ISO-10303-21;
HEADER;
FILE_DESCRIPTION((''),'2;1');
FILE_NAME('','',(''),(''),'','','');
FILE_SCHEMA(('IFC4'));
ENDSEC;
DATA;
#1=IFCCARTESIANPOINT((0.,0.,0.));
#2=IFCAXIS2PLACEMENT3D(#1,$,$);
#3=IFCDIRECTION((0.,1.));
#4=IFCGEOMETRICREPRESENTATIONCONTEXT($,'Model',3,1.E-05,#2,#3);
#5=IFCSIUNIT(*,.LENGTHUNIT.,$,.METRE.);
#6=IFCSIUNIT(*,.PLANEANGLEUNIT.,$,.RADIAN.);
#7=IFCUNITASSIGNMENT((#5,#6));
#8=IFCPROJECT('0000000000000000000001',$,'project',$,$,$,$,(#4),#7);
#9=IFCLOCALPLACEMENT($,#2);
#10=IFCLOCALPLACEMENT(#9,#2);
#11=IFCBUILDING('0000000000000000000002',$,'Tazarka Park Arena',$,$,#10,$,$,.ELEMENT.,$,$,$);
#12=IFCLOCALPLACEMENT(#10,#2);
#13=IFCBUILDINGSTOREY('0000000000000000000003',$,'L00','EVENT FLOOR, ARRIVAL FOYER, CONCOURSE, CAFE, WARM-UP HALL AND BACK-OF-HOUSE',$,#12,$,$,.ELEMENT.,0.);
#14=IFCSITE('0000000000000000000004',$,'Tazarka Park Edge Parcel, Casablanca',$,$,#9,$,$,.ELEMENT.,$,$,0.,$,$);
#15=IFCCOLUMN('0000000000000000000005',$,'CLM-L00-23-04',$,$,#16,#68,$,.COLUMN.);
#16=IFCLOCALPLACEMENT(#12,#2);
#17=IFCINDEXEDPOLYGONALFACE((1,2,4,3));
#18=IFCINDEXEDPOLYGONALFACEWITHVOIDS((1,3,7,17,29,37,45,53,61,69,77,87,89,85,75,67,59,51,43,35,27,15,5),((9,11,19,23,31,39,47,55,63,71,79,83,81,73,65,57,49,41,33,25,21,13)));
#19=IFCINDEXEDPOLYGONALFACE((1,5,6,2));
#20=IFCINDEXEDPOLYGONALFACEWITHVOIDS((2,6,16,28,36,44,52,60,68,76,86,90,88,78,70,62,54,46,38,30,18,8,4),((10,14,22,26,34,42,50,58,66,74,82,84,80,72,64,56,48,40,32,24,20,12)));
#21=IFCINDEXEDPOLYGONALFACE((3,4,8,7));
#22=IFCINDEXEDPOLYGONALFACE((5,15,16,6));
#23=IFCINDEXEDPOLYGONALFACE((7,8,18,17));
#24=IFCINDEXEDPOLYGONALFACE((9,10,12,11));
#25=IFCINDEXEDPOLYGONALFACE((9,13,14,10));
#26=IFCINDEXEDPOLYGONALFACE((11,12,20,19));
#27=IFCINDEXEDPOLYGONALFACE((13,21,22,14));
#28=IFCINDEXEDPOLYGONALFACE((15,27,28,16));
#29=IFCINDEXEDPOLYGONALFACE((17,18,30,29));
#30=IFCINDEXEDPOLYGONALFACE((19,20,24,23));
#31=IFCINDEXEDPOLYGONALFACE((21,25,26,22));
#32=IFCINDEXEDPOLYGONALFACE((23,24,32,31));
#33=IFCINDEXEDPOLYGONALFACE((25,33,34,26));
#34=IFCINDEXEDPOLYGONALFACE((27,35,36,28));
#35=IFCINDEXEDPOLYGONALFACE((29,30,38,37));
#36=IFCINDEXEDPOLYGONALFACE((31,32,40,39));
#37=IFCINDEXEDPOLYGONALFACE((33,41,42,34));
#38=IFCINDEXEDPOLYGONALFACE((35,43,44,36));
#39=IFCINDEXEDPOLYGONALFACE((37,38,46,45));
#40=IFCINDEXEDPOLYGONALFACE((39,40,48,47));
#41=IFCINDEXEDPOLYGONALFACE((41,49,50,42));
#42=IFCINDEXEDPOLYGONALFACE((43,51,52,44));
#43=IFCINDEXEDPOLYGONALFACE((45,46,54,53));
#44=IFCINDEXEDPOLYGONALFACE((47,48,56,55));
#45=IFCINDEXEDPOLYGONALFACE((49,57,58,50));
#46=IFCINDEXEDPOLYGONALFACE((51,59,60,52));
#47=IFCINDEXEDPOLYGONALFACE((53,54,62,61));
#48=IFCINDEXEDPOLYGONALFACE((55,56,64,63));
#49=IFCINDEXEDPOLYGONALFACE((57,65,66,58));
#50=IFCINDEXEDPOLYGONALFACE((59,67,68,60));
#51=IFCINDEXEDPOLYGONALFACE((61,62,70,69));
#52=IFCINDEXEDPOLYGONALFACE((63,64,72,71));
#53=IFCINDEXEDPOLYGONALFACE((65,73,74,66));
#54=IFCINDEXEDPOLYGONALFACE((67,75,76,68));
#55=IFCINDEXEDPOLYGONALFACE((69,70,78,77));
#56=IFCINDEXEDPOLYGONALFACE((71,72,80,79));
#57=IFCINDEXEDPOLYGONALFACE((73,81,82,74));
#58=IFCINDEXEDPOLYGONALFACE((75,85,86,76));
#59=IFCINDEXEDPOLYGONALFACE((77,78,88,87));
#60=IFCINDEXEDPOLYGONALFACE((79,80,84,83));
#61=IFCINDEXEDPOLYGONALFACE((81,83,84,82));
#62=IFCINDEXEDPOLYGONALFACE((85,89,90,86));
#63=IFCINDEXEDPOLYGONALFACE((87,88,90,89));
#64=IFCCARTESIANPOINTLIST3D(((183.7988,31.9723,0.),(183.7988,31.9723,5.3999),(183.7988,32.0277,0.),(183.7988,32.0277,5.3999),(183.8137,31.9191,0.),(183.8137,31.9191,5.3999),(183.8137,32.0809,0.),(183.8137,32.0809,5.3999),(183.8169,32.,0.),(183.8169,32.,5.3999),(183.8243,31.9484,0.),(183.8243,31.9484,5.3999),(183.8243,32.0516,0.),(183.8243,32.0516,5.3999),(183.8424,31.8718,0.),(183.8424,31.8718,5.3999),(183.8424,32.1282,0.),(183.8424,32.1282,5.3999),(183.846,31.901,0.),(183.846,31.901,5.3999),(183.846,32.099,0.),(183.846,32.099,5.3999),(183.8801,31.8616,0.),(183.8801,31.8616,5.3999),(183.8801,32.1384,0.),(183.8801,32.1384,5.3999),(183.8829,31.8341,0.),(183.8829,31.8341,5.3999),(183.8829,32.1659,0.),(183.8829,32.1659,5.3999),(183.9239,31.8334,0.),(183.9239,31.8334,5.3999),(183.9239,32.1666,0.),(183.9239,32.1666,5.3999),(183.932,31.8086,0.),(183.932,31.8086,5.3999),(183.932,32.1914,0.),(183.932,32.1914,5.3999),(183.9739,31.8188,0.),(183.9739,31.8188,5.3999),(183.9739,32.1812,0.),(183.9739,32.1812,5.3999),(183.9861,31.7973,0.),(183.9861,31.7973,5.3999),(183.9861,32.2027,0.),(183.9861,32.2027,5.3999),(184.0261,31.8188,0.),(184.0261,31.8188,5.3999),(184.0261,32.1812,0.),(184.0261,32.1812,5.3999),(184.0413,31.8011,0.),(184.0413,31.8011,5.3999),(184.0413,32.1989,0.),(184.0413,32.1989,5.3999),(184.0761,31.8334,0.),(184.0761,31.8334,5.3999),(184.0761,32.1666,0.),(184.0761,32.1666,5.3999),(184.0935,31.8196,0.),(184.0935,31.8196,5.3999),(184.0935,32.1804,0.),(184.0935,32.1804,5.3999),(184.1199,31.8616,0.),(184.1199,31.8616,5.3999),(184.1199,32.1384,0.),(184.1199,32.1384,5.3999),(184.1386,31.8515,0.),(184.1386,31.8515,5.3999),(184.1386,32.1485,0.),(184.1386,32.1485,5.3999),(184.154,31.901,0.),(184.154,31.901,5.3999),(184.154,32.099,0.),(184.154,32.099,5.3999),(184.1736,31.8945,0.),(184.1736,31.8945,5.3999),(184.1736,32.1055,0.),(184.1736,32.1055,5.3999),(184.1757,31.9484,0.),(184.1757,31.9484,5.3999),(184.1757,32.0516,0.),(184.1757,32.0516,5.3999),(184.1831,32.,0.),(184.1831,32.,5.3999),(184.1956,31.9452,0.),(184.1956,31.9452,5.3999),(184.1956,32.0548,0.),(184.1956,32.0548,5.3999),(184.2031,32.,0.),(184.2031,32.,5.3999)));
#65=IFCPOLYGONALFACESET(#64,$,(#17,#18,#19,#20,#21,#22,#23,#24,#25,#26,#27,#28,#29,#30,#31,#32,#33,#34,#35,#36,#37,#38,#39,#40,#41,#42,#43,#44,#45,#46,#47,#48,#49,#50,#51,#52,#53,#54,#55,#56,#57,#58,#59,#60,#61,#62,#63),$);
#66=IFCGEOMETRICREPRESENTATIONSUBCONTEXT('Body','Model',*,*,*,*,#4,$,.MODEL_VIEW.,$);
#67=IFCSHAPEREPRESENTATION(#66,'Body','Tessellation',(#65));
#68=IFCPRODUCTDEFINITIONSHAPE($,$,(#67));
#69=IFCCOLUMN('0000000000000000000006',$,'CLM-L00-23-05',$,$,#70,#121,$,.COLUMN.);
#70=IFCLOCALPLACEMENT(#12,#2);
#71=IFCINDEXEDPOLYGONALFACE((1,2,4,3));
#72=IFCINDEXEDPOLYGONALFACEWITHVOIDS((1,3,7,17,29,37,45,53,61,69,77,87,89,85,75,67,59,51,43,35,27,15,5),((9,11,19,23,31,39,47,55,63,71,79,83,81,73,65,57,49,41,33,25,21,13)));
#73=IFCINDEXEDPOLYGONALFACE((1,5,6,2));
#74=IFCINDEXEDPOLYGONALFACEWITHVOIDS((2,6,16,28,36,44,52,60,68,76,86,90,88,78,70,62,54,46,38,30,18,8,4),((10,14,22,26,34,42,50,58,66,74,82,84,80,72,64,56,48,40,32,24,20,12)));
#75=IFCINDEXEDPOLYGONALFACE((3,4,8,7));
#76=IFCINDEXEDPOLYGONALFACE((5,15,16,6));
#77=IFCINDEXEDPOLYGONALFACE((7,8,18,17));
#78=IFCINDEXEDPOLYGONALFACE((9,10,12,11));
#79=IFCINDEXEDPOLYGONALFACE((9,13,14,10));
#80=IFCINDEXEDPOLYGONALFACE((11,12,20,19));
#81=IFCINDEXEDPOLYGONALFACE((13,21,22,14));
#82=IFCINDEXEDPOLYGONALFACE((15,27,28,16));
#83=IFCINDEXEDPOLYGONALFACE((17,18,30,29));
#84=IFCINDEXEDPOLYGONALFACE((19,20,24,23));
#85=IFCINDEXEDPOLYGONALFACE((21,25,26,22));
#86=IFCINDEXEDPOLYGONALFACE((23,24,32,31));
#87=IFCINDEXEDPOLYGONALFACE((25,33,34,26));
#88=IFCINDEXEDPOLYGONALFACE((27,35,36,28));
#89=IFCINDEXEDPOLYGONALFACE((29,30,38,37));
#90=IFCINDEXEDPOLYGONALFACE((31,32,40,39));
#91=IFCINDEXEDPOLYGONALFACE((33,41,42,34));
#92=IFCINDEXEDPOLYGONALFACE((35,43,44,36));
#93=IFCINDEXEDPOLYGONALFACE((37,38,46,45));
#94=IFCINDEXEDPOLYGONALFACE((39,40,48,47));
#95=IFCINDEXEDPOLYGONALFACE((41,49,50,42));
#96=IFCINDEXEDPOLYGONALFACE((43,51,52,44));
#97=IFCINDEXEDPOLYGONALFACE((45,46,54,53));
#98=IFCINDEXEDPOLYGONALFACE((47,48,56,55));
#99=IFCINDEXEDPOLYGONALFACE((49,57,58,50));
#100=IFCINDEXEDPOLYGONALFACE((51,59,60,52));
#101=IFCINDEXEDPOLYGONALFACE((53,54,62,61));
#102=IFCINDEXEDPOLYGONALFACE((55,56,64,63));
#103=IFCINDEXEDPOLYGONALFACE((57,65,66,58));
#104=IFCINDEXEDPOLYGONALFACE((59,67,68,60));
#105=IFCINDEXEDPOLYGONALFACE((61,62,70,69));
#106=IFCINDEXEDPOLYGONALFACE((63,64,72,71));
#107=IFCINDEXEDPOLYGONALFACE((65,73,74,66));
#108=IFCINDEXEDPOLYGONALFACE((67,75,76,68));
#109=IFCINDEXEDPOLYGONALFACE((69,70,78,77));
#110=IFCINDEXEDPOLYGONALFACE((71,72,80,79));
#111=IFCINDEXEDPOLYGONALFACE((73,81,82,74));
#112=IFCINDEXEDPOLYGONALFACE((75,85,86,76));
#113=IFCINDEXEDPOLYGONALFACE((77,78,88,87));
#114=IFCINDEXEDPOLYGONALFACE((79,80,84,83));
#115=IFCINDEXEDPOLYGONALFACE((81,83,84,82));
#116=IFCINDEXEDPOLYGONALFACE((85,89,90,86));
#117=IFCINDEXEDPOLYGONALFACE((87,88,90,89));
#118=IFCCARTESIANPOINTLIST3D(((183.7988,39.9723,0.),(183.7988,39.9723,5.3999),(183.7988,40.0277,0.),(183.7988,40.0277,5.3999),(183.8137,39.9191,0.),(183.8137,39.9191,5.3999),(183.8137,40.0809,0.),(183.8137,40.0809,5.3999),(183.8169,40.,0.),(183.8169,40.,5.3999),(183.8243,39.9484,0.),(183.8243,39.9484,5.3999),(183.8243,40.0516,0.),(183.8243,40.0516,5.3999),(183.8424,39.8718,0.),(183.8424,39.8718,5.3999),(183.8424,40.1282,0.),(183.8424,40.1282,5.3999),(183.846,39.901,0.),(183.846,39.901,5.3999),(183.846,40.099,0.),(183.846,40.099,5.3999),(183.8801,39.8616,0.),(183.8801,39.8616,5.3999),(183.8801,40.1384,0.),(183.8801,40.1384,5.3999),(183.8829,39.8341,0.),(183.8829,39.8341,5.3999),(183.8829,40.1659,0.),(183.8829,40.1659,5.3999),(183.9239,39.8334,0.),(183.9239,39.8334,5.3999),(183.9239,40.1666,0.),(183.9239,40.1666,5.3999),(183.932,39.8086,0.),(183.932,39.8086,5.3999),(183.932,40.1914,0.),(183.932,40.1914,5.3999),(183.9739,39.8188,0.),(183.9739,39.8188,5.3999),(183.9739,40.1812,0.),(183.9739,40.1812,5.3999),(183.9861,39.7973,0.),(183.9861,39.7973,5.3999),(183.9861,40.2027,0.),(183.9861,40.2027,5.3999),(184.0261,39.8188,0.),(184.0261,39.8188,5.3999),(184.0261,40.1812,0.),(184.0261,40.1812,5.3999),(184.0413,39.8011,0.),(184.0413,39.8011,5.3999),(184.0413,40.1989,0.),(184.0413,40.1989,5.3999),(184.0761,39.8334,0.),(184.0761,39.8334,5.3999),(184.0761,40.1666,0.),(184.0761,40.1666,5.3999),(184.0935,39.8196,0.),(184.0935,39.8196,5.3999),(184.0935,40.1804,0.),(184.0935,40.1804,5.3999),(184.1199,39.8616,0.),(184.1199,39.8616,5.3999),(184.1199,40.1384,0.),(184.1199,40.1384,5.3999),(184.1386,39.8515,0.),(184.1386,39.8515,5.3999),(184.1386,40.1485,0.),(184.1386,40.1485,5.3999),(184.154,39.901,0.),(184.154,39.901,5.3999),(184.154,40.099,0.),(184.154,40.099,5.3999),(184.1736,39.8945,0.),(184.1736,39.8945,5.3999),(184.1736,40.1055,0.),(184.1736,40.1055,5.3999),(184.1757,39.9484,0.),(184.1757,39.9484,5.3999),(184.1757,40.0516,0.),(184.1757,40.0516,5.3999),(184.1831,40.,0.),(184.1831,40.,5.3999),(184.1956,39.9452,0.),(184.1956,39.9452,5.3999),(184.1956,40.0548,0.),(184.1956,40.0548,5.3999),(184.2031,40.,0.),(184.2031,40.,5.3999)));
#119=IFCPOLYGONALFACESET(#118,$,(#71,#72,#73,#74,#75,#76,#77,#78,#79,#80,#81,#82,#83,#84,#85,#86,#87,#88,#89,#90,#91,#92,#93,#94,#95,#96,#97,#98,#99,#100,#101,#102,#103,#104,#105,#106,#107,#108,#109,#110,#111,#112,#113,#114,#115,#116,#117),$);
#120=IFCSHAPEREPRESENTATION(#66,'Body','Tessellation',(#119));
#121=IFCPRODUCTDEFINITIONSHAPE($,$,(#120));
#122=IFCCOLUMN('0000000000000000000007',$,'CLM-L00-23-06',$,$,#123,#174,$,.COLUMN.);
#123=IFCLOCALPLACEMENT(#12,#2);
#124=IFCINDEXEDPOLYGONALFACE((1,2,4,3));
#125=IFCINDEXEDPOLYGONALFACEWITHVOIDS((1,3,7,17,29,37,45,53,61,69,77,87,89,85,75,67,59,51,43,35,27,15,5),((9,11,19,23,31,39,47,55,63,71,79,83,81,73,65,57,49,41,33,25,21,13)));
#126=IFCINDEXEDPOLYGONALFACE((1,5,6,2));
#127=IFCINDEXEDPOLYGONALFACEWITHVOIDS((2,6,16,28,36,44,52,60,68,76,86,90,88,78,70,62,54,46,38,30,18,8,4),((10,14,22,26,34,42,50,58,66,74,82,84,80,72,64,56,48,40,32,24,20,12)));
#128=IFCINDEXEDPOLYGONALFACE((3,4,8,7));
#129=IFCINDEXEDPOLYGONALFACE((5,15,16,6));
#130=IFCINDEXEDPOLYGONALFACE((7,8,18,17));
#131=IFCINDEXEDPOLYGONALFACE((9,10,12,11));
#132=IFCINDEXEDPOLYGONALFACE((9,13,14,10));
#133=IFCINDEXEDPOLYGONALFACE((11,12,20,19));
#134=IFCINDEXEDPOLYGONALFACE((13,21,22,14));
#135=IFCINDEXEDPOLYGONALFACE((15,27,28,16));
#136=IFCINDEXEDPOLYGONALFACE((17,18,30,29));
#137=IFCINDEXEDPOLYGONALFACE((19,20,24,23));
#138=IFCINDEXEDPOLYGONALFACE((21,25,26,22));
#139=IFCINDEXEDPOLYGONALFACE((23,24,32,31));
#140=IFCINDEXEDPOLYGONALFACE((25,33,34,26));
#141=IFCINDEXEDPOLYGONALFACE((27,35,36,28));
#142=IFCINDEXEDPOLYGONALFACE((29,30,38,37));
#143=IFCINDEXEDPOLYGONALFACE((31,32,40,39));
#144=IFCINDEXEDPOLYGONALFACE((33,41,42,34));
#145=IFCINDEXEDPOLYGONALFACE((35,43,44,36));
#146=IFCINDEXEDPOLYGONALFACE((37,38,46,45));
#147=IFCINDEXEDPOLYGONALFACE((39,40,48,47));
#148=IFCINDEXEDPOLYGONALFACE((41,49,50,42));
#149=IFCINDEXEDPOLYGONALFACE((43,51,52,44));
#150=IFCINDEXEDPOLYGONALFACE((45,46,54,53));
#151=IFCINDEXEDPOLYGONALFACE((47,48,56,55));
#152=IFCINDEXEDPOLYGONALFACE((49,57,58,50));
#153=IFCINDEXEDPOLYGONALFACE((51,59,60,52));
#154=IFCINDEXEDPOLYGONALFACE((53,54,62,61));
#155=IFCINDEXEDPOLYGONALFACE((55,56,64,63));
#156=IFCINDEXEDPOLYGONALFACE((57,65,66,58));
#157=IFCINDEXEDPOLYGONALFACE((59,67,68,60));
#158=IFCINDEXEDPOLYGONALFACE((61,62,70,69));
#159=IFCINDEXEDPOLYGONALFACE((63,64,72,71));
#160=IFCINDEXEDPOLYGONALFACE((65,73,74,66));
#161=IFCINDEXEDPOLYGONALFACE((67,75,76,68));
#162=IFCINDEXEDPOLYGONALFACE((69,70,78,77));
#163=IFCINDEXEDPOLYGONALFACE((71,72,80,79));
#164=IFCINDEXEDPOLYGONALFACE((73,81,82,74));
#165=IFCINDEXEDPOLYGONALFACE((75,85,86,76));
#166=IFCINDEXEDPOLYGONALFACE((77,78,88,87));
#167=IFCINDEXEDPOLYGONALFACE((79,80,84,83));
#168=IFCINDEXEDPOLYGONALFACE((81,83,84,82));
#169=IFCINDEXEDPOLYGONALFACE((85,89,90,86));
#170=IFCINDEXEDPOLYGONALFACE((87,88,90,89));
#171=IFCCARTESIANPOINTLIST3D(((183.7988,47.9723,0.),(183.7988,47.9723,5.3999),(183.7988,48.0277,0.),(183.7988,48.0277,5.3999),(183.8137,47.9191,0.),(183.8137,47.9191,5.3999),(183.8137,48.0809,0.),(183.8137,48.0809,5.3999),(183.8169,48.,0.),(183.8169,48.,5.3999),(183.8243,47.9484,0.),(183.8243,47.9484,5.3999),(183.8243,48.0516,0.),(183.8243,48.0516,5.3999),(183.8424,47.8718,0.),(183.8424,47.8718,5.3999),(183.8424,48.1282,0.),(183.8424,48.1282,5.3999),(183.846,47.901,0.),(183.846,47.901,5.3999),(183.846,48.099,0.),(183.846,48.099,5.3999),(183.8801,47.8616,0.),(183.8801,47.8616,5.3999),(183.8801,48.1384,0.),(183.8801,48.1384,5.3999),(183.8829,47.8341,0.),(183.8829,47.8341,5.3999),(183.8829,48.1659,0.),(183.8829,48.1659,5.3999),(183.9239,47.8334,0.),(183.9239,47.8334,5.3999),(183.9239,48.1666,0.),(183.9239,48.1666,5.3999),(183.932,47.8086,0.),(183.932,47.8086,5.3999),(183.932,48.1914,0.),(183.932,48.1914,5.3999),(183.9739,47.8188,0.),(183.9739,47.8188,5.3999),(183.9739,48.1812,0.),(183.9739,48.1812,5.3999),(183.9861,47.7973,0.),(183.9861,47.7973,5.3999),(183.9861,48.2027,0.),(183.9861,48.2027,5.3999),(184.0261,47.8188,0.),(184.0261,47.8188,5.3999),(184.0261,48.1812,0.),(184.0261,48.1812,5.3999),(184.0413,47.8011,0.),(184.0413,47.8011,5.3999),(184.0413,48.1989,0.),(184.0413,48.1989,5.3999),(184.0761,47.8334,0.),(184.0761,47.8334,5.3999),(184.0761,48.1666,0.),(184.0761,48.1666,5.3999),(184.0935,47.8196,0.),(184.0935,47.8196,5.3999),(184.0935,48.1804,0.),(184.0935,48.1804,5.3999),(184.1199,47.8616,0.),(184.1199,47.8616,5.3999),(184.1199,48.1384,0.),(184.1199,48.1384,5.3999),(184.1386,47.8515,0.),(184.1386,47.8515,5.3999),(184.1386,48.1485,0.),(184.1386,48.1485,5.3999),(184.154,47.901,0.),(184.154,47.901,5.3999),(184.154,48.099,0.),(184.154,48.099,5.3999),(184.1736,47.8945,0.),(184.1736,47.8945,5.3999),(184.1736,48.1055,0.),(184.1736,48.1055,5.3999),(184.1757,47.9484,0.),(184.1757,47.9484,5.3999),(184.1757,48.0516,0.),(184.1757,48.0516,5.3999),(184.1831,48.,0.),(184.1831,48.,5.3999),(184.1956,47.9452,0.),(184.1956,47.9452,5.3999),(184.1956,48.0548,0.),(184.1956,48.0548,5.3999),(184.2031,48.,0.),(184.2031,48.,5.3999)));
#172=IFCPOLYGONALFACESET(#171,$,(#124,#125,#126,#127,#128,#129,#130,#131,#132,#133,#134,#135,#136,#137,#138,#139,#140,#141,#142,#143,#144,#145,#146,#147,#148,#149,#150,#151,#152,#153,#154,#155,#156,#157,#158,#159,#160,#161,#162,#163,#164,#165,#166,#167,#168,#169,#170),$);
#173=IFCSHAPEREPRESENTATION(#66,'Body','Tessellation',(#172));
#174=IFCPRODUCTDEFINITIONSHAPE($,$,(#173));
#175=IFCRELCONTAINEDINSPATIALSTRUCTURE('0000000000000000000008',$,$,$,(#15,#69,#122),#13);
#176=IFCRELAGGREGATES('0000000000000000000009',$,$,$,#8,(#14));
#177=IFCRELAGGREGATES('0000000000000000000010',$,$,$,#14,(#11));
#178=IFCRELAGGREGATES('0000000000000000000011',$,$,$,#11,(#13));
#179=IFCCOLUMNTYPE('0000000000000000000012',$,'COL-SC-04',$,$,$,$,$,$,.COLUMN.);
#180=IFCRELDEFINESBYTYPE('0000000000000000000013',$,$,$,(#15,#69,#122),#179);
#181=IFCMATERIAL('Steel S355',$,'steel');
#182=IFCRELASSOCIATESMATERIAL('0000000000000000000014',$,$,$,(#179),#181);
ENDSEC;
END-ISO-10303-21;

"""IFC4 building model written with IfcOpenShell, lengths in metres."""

from ifc_helpers import new_model, si_unit, direction, frame, origin, origin_2d, place, context, subcontext, project, spatial, hollow_circle, extrude, material, material_profile, profile_set, type_object, element, save


model = new_model("IFC4")

# Units and contexts
model_context = context("Model", 3, precision=1e-05, world=origin(), true_north=direction((0.0, 1.0)))
body_context = subcontext(model_context, "Body", "Model", "MODEL_VIEW")
ifc_project = project(units=[si_unit("LENGTHUNIT", "METRE"), si_unit("PLANEANGLEUNIT", "RADIAN")], contexts=[model_context])

# Site, building, storey
site_placement = place(None, origin())
site = spatial("IfcSite", under=ifc_project, at=site_placement, Name="Tazarka Park Edge Parcel, Casablanca", CompositionType="ELEMENT", RefElevation=0.0)
building_placement = place(site_placement, origin())
building = spatial("IfcBuilding", under=site, at=building_placement, Name="Tazarka Park Arena", CompositionType="ELEMENT")
storey_placement = place(building_placement, origin())
storey = spatial("IfcBuildingStorey", under=building, at=storey_placement, Name="L00", Description="EVENT FLOOR, ARRIVAL FOYER, CONCOURSE, CAFE, WARM-UP HALL AND BACK-OF-HOUSE", CompositionType="ELEMENT", Elevation=0.0)

# Columns
ifc_material_1 = material(Name="Steel S355", Category="steel")
ifc_material_profile_1 = material_profile(ifc_material_1, hollow_circle(Radius=0.2031, WallThickness=0.02, at=origin_2d()), Name="Steel S355")
ifc_profile_set_1 = profile_set([ifc_material_profile_1], Name="Steel S355")
column_type_1 = type_object("IfcColumnType", Name="COL-SC-04", PredefinedType="COLUMN", material=ifc_profile_set_1)
for number, where, z_axis, x_axis, name in (
    (1, (184.0, 32.0, 0.0), (0.0, 0.0, 1.0), (1.0, 0.0, 0.0), "CLM-L00-23-04"),
    (2, (184.0, 40.0, 0.0), (0.0, 0.0, 1.0), (1.0, 0.0, 0.0), "CLM-L00-23-05"),
    (3, (184.0, 48.0, 0.0), (0.0, 0.0, 1.0), (1.0, 0.0, 0.0), "CLM-L00-23-06"),
):
    element("IfcColumn", number, at=place(storey_placement, frame(where, z_axis=z_axis, x_axis=x_axis)), inside=storey, type_object=column_type_1, Name=name, PredefinedType="COLUMN", context=body_context, shape_type="SweptSolid", body=[
        extrude(hollow_circle(Radius=0.2031, WallThickness=0.02, at=origin_2d()), origin(), (0.0, 0.0, 1.0), 5.3999),
    ])

save(model, "model.ifc")
